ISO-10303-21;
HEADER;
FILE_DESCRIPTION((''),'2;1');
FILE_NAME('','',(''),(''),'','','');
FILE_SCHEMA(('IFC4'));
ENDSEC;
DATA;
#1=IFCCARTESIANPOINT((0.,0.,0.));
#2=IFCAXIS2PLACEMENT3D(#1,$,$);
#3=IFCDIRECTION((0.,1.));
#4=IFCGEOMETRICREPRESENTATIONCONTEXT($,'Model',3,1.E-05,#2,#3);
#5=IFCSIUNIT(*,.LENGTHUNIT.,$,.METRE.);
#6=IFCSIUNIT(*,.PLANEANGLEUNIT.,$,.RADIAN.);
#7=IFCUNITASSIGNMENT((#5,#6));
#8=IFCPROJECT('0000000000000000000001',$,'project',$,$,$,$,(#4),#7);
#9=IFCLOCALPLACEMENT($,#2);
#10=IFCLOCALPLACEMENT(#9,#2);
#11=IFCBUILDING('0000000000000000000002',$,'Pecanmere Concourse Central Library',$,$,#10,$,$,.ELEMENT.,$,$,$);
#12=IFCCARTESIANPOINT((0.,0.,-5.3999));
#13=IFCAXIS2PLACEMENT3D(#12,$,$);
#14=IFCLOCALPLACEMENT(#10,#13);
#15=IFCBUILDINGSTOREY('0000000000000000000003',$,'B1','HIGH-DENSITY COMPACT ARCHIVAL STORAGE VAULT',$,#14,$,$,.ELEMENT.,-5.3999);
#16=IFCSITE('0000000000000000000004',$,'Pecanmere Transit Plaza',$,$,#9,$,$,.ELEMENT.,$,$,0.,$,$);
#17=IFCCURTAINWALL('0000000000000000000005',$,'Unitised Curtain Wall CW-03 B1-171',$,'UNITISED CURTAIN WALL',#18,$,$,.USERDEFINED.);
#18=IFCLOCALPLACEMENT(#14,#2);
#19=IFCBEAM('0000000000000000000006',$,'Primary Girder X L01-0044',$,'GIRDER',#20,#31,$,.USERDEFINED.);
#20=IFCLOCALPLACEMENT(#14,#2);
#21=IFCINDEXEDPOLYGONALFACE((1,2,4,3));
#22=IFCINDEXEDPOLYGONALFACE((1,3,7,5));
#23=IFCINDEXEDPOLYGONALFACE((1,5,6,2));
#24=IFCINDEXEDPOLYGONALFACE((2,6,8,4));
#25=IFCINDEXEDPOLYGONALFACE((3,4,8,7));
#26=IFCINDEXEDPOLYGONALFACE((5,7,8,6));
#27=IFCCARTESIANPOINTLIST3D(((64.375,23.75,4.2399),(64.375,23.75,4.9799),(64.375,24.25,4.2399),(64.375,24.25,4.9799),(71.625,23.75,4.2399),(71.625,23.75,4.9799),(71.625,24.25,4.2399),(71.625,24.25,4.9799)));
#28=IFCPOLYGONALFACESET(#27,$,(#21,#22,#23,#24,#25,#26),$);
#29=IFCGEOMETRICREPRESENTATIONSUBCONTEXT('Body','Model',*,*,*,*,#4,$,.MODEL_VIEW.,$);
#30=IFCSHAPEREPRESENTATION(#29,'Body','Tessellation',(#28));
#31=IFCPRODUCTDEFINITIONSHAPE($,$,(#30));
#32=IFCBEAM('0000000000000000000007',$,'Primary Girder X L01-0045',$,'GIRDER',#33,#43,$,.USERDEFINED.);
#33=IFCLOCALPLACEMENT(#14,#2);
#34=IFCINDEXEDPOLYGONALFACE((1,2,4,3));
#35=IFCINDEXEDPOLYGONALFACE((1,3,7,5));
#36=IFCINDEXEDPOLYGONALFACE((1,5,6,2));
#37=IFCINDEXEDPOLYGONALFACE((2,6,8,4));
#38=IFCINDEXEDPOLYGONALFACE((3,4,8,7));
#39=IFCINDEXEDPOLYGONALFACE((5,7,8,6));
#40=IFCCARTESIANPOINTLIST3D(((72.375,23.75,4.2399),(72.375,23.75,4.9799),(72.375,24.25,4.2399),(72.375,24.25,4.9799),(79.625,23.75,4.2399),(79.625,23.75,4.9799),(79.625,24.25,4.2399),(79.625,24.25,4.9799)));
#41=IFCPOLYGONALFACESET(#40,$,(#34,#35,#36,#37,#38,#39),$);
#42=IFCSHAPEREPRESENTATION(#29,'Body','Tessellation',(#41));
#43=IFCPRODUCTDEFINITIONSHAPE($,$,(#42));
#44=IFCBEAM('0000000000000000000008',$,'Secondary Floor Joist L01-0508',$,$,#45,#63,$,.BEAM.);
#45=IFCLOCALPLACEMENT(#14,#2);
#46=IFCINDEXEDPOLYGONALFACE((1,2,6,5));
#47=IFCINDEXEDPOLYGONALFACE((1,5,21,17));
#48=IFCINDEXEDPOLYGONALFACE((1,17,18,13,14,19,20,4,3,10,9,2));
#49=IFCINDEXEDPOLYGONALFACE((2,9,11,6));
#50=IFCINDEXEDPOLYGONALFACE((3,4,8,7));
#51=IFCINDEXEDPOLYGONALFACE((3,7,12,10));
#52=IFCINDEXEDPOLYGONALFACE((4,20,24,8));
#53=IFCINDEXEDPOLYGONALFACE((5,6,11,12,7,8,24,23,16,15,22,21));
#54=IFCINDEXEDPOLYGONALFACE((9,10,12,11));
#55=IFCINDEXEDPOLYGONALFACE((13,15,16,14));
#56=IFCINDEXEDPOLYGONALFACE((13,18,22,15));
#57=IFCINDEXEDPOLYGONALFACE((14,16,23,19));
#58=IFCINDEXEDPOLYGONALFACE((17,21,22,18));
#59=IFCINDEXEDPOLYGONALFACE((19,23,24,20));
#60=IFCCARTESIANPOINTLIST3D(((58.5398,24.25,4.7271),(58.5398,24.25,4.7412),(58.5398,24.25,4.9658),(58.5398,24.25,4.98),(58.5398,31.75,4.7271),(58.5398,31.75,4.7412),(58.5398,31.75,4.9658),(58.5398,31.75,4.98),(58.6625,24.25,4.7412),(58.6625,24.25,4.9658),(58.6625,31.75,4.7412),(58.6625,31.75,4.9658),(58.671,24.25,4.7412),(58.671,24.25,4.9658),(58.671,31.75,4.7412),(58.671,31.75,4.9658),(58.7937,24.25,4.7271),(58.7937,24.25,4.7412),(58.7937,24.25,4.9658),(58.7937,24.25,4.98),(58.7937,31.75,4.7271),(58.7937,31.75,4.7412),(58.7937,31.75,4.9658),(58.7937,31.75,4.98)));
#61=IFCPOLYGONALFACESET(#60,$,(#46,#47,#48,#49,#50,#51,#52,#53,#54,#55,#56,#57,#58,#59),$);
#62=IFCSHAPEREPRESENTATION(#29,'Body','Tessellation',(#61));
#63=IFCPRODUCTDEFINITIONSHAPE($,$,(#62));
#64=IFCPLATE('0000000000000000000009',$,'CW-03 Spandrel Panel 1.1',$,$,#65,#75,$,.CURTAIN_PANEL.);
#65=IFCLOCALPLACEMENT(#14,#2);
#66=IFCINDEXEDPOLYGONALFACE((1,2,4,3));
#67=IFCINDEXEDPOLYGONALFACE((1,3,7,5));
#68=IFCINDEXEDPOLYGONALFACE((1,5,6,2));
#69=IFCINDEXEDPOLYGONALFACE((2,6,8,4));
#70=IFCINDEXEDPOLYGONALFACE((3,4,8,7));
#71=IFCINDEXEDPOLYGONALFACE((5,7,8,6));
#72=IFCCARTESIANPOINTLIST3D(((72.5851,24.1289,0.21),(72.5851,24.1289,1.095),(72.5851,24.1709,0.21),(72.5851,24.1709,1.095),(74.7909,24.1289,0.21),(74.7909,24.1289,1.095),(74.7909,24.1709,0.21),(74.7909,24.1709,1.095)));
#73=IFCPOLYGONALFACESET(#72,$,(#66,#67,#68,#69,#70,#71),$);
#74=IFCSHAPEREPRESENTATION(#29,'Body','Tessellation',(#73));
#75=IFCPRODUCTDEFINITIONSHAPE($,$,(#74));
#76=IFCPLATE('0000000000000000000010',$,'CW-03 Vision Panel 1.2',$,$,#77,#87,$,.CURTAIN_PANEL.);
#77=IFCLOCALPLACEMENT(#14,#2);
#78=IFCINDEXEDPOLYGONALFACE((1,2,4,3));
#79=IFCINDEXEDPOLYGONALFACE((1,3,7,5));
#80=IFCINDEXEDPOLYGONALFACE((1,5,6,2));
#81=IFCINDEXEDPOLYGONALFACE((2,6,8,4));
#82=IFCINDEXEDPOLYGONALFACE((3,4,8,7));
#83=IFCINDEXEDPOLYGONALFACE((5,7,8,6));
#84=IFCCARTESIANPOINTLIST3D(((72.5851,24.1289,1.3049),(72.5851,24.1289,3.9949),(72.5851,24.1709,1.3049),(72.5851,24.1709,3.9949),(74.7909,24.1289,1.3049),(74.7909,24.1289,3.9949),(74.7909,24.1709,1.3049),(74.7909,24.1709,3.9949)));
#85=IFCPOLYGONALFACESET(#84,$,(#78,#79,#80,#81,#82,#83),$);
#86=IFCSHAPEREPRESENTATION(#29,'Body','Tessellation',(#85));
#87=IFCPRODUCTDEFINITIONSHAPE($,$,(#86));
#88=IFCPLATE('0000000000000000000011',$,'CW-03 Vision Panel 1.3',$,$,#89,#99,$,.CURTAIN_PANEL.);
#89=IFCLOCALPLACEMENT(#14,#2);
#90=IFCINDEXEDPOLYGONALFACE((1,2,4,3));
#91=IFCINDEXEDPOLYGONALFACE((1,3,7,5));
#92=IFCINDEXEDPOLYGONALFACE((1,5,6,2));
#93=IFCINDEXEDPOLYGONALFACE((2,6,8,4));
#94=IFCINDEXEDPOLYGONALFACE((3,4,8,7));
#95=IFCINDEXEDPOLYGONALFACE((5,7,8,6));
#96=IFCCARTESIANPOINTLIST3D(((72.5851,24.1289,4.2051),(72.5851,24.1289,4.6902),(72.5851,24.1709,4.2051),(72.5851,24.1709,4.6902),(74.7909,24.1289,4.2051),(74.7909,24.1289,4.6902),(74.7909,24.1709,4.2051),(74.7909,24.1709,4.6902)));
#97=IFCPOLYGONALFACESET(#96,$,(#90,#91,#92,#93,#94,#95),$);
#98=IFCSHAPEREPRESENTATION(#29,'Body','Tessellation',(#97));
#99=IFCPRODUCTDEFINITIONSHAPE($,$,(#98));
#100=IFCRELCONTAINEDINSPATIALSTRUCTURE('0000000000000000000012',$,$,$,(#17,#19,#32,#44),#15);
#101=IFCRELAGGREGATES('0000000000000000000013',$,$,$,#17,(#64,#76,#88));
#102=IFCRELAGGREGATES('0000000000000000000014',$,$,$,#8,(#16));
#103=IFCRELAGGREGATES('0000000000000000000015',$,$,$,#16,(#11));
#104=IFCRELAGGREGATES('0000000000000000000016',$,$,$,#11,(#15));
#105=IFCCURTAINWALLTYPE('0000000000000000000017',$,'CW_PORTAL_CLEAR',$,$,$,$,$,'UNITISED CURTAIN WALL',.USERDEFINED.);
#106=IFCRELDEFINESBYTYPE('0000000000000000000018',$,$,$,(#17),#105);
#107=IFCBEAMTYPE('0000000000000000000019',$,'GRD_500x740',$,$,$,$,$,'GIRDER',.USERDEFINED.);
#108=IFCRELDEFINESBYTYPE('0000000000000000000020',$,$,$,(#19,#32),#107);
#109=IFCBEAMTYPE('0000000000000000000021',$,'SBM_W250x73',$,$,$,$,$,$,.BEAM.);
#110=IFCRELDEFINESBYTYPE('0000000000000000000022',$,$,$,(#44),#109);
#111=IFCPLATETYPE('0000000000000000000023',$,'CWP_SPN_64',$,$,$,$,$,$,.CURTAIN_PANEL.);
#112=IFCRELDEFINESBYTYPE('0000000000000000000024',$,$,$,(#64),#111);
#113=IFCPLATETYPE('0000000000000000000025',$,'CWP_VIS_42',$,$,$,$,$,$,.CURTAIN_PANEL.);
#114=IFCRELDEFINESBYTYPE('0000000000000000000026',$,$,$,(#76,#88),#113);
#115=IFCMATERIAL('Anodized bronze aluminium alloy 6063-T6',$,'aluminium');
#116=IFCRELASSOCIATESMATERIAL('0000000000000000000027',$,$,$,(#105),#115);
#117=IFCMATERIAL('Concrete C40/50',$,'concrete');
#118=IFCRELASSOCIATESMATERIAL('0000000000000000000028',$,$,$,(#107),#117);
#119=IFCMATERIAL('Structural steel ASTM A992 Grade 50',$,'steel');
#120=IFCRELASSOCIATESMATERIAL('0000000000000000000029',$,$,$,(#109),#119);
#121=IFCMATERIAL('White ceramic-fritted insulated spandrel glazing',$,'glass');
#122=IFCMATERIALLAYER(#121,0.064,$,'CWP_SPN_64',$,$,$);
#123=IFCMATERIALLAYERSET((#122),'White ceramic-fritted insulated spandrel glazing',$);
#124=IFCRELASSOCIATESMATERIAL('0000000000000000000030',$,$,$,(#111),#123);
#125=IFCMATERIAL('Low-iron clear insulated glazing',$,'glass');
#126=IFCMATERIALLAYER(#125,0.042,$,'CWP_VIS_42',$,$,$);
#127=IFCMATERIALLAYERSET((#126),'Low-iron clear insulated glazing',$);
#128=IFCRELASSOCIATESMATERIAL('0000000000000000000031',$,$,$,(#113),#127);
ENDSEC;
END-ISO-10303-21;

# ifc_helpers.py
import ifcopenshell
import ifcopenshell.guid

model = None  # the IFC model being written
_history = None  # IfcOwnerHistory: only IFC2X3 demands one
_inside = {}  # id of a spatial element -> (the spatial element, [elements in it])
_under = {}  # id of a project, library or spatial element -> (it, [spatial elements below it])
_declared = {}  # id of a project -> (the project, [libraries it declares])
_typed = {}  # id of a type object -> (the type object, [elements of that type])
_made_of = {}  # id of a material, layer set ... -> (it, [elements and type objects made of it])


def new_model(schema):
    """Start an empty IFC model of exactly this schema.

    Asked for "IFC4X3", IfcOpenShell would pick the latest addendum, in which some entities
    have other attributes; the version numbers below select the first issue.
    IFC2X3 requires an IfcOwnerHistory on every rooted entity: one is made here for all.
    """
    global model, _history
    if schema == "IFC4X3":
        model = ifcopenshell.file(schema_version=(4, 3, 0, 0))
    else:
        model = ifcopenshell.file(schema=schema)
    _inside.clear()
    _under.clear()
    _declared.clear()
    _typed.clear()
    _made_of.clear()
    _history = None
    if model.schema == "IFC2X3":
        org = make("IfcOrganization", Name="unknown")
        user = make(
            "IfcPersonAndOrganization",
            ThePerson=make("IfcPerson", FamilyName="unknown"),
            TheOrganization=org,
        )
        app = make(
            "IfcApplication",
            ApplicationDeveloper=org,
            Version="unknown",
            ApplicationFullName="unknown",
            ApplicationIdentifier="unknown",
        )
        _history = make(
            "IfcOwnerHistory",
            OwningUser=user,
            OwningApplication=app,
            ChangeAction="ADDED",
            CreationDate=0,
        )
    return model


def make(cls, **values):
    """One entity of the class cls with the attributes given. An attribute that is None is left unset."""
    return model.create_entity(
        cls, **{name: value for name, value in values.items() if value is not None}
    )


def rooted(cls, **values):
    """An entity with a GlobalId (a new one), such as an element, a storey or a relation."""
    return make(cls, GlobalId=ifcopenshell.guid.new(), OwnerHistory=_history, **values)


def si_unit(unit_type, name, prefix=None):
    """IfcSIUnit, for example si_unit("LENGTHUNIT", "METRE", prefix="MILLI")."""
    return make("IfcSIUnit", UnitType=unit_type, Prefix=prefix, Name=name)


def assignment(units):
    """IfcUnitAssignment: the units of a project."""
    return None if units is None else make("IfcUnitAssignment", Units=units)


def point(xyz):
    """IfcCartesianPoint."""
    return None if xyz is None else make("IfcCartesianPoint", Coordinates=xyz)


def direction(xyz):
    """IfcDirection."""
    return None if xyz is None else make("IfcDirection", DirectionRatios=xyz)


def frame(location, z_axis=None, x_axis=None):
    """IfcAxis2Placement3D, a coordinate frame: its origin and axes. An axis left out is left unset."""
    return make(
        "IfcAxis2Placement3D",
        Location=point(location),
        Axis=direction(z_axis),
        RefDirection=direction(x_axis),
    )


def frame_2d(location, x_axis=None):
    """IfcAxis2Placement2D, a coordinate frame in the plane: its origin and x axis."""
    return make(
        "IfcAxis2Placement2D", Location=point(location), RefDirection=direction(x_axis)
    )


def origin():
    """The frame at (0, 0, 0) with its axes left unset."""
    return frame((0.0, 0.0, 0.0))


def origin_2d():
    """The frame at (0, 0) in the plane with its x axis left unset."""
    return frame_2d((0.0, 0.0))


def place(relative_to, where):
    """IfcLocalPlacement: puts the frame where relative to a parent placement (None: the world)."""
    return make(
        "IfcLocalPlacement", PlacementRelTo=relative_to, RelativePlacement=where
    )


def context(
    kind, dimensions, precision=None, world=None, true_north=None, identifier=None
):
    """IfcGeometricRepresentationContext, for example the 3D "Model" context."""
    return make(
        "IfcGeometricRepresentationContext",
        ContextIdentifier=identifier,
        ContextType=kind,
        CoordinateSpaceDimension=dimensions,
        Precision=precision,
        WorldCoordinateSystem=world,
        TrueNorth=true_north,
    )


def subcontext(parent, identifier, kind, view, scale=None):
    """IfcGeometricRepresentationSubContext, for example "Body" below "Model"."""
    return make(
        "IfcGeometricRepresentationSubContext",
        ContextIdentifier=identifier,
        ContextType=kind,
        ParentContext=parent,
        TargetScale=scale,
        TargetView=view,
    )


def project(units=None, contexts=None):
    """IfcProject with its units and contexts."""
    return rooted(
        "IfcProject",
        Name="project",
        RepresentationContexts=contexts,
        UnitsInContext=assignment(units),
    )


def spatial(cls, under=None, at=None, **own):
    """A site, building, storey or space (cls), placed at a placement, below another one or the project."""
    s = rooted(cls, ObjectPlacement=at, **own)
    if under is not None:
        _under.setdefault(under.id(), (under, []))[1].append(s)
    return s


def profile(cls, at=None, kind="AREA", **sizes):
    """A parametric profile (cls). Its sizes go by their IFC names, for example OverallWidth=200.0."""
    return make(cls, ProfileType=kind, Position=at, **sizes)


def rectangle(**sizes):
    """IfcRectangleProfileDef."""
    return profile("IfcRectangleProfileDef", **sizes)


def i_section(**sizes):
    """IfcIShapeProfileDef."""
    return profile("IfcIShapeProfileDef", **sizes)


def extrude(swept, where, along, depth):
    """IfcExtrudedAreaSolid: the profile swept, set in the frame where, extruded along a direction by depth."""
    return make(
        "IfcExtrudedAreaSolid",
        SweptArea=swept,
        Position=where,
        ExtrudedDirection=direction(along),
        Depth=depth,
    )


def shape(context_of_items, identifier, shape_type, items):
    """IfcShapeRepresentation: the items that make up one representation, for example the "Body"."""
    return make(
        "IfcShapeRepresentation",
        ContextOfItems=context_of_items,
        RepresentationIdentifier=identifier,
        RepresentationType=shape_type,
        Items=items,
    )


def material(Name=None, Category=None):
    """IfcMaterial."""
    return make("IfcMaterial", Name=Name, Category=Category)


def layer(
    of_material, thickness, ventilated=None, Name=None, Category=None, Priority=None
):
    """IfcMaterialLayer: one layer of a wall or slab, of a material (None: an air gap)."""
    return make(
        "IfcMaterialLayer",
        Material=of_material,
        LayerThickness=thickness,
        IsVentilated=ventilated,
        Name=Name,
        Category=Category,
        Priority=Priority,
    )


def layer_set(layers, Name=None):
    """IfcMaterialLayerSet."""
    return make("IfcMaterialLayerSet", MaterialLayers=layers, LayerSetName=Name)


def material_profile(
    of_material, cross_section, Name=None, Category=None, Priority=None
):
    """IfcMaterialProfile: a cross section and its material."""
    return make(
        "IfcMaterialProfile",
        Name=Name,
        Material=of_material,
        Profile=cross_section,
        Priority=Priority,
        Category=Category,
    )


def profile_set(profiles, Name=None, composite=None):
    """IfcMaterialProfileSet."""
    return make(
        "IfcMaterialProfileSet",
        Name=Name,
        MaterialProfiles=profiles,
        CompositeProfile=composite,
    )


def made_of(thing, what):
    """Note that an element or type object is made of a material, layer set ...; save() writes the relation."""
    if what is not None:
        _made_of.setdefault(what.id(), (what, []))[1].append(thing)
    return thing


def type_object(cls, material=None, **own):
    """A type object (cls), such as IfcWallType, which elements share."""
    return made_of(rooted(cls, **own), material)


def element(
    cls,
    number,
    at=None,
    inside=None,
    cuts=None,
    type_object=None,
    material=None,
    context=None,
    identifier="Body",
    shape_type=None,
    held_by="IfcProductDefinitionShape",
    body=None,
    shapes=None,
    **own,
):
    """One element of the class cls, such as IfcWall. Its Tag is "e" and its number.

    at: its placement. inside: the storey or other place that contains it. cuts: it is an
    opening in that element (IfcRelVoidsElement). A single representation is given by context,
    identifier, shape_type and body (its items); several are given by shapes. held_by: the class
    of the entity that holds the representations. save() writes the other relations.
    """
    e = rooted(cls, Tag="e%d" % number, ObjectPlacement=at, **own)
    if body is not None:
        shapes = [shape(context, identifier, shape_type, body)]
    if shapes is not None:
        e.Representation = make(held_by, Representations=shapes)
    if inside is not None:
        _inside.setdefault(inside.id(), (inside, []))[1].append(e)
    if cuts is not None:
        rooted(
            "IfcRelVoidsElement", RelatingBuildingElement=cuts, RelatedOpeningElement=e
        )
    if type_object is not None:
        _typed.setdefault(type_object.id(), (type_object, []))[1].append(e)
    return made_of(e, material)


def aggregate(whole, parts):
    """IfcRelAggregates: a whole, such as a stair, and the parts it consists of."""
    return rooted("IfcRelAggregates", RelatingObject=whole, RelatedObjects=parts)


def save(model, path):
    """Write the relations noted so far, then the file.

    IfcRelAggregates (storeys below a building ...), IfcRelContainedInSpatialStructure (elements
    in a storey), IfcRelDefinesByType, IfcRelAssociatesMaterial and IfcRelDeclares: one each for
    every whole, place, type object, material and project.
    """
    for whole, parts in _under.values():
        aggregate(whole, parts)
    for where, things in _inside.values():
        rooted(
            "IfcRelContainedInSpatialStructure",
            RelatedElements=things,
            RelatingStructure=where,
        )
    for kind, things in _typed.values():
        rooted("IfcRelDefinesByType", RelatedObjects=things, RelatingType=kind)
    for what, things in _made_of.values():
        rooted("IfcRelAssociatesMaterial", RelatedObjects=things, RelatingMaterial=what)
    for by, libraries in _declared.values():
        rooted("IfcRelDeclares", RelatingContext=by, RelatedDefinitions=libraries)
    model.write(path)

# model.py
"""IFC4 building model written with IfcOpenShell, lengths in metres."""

from ifc_helpers import new_model, si_unit, direction, frame, origin, origin_2d, place, context, subcontext, project, spatial, rectangle, i_section, extrude, material, layer, layer_set, material_profile, profile_set, type_object, element, aggregate, save


model = new_model("IFC4")

# Units and contexts
model_context = context("Model", 3, precision=1e-05, world=origin(), true_north=direction((0.0, 1.0)))
body_context = subcontext(model_context, "Body", "Model", "MODEL_VIEW")
ifc_project = project(units=[si_unit("LENGTHUNIT", "METRE"), si_unit("PLANEANGLEUNIT", "RADIAN")], contexts=[model_context])

# Site, building, storey
site_placement = place(None, origin())
site = spatial("IfcSite", under=ifc_project, at=site_placement, Name="Pecanmere Transit Plaza", CompositionType="ELEMENT", RefElevation=0.0)
building_placement = place(site_placement, origin())
building = spatial("IfcBuilding", under=site, at=building_placement, Name="Pecanmere Concourse Central Library", CompositionType="ELEMENT")
storey_placement = place(building_placement, frame((0.0, 0.0, -5.3999)))
storey = spatial("IfcBuildingStorey", under=building, at=storey_placement, Name="B1", Description="HIGH-DENSITY COMPACT ARCHIVAL STORAGE VAULT", CompositionType="ELEMENT", Elevation=-5.3999)

# Curtain wall
ifc_material_1 = material(Name="Anodized bronze aluminium alloy 6063-T6", Category="aluminium")
curtain_wall_type = type_object("IfcCurtainWallType", Name="CW_PORTAL_CLEAR", ElementType="UNITISED CURTAIN WALL", PredefinedType="USERDEFINED", material=ifc_material_1)
curtain_wall_placement = place(storey_placement, origin())
curtain_wall = element("IfcCurtainWall", 1, at=curtain_wall_placement, inside=storey, type_object=curtain_wall_type, Name="Unitised Curtain Wall CW-03 B1-171", ObjectType="UNITISED CURTAIN WALL", PredefinedType="USERDEFINED")

# Beams
ifc_material_2 = material(Name="Concrete C40/50", Category="concrete")
ifc_material_profile_1 = material_profile(ifc_material_2, rectangle(XDim=0.5, YDim=0.74, at=origin_2d()), Name="RC 500x740")
ifc_profile_set_1 = profile_set([ifc_material_profile_1], Name="Concrete C40/50")
beam_type_1 = type_object("IfcBeamType", Name="GRD_500x740", ElementType="GIRDER", PredefinedType="USERDEFINED", material=ifc_profile_set_1)
for number, where, z_axis, x_axis, name in (
    (2, (64.375, 24.0, 4.6099), (1.0, 0.0, 0.0), (0.0, 1.0, 0.0), "Primary Girder X L01-0044"),
    (3, (72.375, 24.0, 4.6099), (1.0, 0.0, 0.0), (0.0, 1.0, 0.0), "Primary Girder X L01-0045"),
):
    element("IfcBeam", number, at=place(storey_placement, frame(where, z_axis=z_axis, x_axis=x_axis)), inside=storey, type_object=beam_type_1, Name=name, ObjectType="GIRDER", PredefinedType="USERDEFINED", context=body_context, shape_type="SweptSolid", body=[
        extrude(rectangle(XDim=0.5, YDim=0.74, at=origin_2d()), origin(), (0.0, 0.0, 1.0), 7.25),
    ])
ifc_material_3 = material(Name="Structural steel ASTM A992 Grade 50", Category="steel")
ifc_material_profile_2 = material_profile(ifc_material_3, i_section(OverallWidth=0.2539, OverallDepth=0.2529, WebThickness=0.0085, FlangeThickness=0.0142, at=origin_2d()), Name="W250x73")
ifc_profile_set_2 = profile_set([ifc_material_profile_2], Name="Structural steel ASTM A992 Grade 50")
beam_type_2 = type_object("IfcBeamType", Name="SBM_W250x73", PredefinedType="BEAM", material=ifc_profile_set_2)
beam_placement = place(storey_placement, frame((58.6667, 24.25, 4.8535), z_axis=(0.0, 1.0, 0.0), x_axis=(-1.0, 0.0, 0.0)))
element("IfcBeam", 4, at=beam_placement, inside=storey, type_object=beam_type_2, Name="Secondary Floor Joist L01-0508", PredefinedType="BEAM", context=body_context, shape_type="SweptSolid", body=[
    extrude(i_section(OverallWidth=0.2539, OverallDepth=0.2529, WebThickness=0.0085, FlangeThickness=0.0142, at=origin_2d()), origin(), (0.0, 0.0, 1.0), 7.5),
])

# Plates
ifc_material_4 = material(Name="White ceramic-fritted insulated spandrel glazing", Category="glass")
ifc_layer_1 = layer(ifc_material_4, 0.064, Name="CWP_SPN_64")
ifc_layer_set_1 = layer_set([ifc_layer_1], Name="White ceramic-fritted insulated spandrel glazing")
plate_type_1 = type_object("IfcPlateType", Name="CWP_SPN_64", PredefinedType="CURTAIN_PANEL", material=ifc_layer_set_1)
plate_1_placement = place(storey_placement, frame((73.688, 24.1499, 0.21), z_axis=(0.0, 0.0, 1.0), x_axis=(1.0, 0.0, 0.0)))
plate_1 = element("IfcPlate", 5, at=plate_1_placement, type_object=plate_type_1, Name="CW-03 Spandrel Panel 1.1", PredefinedType="CURTAIN_PANEL", context=body_context, shape_type="SweptSolid", body=[
    extrude(rectangle(XDim=2.2058, YDim=0.042, at=origin_2d()), origin(), (0.0, 0.0, 1.0), 0.885),
])
ifc_material_5 = material(Name="Low-iron clear insulated glazing", Category="glass")
ifc_layer_2 = layer(ifc_material_5, 0.042, Name="CWP_VIS_42")
ifc_layer_set_2 = layer_set([ifc_layer_2], Name="Low-iron clear insulated glazing")
plate_type_2 = type_object("IfcPlateType", Name="CWP_VIS_42", PredefinedType="CURTAIN_PANEL", material=ifc_layer_set_2)
plate_2_placement = place(storey_placement, frame((73.688, 24.1499, 1.3049), z_axis=(0.0, 0.0, 1.0), x_axis=(1.0, 0.0, 0.0)))
plate_2 = element("IfcPlate", 6, at=plate_2_placement, type_object=plate_type_2, Name="CW-03 Vision Panel 1.2", PredefinedType="CURTAIN_PANEL", context=body_context, shape_type="SweptSolid", body=[
    extrude(rectangle(XDim=2.2058, YDim=0.042, at=origin_2d()), origin(), (0.0, 0.0, 1.0), 2.6899),
])
plate_3_placement = place(storey_placement, frame((73.688, 24.1499, 4.2051), z_axis=(0.0, 0.0, 1.0), x_axis=(1.0, 0.0, 0.0)))
plate_3 = element("IfcPlate", 7, at=plate_3_placement, type_object=plate_type_2, Name="CW-03 Vision Panel 1.3", PredefinedType="CURTAIN_PANEL", context=body_context, shape_type="SweptSolid", body=[
    extrude(rectangle(XDim=2.2058, YDim=0.042, at=origin_2d()), origin(), (0.0, 0.0, 1.0), 0.4851),
])
aggregate(curtain_wall, [plate_1, plate_2, plate_3])

save(model, "model.ifc")
